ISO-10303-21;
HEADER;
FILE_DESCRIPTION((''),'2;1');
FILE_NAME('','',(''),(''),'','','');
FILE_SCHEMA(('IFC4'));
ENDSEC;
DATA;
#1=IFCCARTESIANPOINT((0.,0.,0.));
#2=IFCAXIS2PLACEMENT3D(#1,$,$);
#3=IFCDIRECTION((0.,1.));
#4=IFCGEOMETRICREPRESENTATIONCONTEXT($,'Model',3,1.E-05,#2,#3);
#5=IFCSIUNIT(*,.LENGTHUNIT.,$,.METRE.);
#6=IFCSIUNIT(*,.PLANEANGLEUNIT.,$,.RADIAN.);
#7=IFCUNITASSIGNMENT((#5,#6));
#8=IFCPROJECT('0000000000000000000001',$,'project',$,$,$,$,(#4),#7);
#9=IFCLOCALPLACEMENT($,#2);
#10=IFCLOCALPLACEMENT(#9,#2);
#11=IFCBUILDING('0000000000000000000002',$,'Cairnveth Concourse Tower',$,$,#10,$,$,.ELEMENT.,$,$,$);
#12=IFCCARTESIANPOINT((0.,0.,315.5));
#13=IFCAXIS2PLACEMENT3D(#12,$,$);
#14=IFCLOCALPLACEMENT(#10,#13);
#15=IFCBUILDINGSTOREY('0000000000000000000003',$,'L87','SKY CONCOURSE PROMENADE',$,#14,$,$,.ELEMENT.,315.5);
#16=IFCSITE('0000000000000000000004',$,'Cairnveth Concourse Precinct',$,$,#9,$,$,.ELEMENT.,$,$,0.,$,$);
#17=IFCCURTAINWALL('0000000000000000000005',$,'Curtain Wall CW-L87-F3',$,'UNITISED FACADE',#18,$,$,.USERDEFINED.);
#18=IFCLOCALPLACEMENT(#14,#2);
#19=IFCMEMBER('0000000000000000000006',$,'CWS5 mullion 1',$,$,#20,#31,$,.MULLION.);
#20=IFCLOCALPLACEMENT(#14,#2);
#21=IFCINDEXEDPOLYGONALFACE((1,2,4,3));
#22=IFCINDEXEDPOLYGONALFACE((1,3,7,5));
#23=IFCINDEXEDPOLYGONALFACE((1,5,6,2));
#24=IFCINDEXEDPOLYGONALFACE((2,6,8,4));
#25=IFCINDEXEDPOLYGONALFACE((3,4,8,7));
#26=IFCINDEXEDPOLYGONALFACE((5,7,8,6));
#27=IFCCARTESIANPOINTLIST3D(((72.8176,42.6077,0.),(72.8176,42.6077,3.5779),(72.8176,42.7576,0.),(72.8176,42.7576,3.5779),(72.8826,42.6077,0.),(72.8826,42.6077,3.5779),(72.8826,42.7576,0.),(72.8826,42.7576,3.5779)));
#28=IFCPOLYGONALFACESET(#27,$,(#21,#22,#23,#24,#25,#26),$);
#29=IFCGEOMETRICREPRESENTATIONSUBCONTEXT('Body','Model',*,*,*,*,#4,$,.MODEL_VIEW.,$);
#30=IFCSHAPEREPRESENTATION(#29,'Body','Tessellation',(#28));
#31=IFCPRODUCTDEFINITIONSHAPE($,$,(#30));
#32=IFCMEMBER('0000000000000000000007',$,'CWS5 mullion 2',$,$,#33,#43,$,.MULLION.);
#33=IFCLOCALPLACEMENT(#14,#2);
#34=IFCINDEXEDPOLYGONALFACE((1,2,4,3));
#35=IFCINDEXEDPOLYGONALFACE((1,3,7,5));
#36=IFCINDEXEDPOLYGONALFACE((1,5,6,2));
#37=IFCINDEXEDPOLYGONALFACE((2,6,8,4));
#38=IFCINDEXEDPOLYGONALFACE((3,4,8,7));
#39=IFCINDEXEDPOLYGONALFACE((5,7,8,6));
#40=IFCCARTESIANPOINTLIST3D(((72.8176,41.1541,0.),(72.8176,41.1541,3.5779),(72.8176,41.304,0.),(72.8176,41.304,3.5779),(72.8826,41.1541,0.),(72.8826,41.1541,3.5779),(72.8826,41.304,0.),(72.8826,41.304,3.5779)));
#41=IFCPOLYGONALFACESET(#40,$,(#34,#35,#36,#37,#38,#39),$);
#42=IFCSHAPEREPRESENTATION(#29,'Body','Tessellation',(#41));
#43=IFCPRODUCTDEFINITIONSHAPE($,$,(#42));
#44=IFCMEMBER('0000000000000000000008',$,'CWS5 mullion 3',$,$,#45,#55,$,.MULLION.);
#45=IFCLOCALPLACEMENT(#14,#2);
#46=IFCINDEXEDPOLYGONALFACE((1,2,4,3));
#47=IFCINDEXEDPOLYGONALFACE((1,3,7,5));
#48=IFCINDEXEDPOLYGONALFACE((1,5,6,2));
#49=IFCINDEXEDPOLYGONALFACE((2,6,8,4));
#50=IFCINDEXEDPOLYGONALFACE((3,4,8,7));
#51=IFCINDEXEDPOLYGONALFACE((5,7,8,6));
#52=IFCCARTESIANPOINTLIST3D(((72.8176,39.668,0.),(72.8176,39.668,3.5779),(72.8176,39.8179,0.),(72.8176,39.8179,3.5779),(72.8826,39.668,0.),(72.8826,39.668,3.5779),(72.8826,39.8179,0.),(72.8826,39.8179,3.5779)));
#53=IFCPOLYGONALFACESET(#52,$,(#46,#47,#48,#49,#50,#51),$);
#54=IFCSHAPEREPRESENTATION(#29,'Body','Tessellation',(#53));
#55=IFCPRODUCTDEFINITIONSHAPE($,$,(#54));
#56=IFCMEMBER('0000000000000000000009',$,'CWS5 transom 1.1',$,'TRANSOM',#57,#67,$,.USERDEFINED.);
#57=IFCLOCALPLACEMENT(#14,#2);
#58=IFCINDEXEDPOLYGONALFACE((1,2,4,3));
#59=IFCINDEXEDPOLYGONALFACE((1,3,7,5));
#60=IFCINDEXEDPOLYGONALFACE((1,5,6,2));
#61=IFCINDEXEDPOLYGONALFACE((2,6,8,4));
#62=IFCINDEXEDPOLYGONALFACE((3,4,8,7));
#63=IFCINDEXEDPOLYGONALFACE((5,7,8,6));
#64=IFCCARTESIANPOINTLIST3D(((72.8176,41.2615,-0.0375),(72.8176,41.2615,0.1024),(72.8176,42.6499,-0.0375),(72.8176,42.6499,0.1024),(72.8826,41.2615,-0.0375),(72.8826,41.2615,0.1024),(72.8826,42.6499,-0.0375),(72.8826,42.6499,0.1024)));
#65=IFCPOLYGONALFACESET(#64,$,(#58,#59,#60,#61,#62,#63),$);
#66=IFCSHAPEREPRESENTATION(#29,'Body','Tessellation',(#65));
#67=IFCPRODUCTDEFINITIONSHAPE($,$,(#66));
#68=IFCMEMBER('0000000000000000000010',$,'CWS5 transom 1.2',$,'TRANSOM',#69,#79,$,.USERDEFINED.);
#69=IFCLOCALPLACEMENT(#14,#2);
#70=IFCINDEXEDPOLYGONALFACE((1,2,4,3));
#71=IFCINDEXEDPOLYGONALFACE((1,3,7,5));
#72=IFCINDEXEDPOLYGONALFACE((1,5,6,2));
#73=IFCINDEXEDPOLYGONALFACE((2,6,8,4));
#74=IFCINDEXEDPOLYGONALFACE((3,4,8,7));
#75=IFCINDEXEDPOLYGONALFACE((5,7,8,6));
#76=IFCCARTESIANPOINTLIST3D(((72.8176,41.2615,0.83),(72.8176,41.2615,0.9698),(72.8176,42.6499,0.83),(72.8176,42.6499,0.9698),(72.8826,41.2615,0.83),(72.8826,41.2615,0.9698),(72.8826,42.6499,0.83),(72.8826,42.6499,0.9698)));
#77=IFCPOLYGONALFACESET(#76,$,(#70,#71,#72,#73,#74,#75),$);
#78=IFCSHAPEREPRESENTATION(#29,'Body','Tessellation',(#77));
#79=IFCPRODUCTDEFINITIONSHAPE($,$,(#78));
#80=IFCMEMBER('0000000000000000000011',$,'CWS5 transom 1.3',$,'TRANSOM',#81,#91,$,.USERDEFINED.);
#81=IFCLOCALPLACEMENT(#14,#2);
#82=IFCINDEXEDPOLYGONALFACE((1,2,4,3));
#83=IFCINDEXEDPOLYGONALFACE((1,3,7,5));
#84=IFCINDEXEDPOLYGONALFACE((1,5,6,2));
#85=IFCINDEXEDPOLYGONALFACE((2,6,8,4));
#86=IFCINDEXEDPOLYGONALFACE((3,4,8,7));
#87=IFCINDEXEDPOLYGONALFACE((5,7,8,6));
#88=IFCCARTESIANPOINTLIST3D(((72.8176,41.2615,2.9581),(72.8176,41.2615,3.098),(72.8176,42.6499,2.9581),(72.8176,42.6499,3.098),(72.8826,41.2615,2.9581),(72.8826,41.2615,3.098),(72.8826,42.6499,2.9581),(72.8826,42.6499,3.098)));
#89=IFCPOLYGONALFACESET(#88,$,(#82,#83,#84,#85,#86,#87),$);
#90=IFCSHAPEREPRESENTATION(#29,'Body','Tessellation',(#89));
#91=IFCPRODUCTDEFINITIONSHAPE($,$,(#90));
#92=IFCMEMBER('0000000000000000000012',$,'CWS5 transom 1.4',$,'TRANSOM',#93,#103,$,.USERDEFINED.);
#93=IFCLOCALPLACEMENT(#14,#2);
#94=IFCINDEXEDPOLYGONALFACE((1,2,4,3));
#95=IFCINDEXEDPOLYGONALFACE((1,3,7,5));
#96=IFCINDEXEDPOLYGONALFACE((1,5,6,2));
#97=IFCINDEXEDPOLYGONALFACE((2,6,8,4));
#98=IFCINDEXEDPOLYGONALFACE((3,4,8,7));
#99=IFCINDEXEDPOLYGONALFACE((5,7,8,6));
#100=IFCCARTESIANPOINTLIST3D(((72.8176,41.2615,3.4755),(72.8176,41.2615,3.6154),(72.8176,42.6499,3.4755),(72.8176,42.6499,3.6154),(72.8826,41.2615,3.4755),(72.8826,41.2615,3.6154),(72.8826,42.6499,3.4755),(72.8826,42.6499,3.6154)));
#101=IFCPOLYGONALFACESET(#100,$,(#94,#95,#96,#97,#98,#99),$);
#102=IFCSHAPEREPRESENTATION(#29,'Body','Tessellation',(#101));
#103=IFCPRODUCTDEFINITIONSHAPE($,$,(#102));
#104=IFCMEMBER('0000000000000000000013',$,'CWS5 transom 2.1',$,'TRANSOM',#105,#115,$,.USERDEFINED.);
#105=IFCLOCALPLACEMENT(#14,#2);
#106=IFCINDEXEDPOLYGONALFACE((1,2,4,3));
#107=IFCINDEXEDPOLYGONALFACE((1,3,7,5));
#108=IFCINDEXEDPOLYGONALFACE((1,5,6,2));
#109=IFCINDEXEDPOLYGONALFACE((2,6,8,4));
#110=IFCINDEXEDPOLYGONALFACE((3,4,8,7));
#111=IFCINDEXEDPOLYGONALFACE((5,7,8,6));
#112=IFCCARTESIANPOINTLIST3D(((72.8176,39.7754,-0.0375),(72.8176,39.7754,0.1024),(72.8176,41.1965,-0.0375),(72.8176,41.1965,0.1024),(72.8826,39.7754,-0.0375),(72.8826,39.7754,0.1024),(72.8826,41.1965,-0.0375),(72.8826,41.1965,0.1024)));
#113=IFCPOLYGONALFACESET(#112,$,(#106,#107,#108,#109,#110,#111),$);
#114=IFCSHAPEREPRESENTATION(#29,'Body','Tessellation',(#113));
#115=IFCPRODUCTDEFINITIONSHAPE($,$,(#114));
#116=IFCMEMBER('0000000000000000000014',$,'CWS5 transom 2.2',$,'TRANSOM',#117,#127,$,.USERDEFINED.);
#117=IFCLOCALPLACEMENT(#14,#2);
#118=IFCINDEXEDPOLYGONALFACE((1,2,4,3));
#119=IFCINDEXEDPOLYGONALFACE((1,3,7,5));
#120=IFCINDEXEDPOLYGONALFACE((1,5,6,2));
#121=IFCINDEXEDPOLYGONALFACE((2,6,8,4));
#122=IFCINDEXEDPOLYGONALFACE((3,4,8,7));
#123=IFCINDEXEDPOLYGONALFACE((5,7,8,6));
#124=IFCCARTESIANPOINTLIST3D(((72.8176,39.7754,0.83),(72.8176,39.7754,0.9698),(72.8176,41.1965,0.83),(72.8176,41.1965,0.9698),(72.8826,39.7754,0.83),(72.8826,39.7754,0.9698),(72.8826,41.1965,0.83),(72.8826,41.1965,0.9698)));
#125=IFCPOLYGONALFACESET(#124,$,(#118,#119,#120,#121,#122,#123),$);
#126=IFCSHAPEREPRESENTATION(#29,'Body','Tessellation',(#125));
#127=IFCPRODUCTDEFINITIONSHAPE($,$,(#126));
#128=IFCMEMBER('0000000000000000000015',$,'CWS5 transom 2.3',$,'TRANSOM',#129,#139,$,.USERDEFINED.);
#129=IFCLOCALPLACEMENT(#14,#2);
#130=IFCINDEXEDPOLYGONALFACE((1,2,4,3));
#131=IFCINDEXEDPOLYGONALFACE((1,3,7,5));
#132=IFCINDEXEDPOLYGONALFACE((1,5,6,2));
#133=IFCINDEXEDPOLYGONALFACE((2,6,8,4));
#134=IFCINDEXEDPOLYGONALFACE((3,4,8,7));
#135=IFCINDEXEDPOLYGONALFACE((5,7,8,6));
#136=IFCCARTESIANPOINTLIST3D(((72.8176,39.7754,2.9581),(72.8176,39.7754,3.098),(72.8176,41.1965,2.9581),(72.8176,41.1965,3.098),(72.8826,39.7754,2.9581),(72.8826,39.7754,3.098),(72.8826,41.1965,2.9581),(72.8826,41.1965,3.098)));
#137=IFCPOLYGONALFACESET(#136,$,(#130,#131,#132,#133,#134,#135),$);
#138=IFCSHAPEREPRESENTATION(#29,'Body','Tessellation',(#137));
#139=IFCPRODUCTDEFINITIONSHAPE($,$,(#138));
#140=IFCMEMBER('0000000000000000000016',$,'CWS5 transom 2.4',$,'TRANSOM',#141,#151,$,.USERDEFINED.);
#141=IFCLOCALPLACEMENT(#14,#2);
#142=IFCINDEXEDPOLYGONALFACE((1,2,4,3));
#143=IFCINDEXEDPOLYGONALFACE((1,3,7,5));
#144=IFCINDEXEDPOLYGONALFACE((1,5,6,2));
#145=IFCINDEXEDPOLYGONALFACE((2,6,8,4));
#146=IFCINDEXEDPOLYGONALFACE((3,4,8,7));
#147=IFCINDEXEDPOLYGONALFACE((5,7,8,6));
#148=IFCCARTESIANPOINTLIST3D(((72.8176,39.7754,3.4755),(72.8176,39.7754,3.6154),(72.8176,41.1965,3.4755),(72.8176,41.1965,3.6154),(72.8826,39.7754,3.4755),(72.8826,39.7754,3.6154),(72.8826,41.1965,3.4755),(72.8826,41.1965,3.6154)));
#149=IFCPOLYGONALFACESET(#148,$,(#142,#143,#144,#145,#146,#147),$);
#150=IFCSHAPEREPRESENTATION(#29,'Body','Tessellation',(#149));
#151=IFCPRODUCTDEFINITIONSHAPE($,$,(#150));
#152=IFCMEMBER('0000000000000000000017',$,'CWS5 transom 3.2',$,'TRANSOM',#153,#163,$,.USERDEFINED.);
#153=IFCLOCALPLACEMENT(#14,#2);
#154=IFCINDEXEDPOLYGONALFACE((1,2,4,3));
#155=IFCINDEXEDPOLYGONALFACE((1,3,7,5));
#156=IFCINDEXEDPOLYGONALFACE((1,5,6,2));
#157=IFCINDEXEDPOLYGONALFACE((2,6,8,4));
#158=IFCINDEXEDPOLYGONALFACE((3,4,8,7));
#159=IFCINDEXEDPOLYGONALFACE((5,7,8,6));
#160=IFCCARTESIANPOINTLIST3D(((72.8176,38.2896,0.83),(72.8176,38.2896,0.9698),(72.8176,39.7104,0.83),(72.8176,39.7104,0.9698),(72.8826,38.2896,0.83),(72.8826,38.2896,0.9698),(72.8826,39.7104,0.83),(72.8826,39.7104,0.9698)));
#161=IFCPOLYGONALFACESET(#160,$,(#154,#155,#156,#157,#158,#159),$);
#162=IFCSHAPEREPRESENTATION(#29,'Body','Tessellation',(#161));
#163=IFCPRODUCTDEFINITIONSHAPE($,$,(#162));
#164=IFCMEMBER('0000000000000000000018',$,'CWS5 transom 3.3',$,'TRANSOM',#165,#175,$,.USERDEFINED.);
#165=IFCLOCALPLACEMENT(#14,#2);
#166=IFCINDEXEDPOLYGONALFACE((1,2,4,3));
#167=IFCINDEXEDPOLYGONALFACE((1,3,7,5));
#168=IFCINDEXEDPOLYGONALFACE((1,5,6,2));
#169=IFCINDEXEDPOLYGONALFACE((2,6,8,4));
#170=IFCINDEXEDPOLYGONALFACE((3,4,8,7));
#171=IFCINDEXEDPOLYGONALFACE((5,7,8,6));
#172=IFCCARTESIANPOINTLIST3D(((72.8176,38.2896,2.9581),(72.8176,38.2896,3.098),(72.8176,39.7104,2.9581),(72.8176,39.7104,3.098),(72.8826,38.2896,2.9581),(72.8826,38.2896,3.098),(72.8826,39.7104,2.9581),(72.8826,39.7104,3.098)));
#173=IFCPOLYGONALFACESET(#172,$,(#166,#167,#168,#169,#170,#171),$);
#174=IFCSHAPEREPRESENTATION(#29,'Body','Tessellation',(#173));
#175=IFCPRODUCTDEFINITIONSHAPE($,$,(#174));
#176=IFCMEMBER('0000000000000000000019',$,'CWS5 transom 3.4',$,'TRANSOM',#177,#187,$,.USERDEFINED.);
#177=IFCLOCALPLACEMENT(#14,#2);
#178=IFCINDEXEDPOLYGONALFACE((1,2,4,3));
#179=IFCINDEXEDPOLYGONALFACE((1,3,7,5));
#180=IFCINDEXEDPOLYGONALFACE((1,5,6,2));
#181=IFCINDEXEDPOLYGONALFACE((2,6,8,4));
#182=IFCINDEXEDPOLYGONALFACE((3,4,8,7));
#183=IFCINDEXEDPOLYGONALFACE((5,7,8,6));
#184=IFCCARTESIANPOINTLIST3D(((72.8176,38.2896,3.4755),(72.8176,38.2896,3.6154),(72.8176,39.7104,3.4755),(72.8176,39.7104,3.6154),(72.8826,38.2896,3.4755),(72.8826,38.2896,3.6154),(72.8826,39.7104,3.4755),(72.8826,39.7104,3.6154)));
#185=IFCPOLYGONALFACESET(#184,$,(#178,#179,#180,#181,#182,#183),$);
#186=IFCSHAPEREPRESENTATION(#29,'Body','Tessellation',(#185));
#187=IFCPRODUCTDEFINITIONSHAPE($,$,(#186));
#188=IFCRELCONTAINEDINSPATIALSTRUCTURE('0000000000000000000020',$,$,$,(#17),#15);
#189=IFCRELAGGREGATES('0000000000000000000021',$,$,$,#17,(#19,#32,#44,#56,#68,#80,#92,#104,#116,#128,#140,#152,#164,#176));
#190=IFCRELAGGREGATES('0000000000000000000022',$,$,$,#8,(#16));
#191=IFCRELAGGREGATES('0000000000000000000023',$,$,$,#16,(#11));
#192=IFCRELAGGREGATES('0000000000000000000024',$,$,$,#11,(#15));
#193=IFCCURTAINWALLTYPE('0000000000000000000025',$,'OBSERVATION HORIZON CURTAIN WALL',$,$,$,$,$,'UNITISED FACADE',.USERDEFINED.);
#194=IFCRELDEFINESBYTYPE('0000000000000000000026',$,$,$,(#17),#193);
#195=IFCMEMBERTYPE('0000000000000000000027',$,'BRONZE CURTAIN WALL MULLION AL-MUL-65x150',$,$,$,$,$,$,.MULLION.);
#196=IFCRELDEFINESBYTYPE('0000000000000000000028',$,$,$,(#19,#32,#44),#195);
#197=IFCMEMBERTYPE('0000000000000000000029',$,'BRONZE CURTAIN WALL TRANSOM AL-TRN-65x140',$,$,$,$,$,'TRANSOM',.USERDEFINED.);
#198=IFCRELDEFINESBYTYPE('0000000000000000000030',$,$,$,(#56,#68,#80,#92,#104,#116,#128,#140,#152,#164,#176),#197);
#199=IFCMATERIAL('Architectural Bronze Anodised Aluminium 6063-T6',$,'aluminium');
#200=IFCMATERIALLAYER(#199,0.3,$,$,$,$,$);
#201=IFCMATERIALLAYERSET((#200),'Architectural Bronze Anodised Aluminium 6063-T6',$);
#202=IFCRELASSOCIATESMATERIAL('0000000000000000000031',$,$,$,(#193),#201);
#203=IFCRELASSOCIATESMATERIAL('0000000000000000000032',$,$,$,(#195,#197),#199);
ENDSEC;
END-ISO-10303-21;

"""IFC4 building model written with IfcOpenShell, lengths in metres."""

from ifc_helpers import new_model, si_unit, direction, frame, origin, origin_2d, place, context, subcontext, project, spatial, rectangle, extrude, material, layer, layer_set, material_profile, profile_set, type_object, element, aggregate, save


model = new_model("IFC4")

# Units and contexts
model_context = context("Model", 3, precision=1e-05, world=origin(), true_north=direction((0.0, 1.0)))
body_context = subcontext(model_context, "Body", "Model", "MODEL_VIEW")
ifc_project = project(units=[si_unit("LENGTHUNIT", "METRE"), si_unit("PLANEANGLEUNIT", "RADIAN")], contexts=[model_context])

# Site, building, storey
site_placement = place(None, origin())
site = spatial("IfcSite", under=ifc_project, at=site_placement, Name="Cairnveth Concourse Precinct", CompositionType="ELEMENT", RefElevation=0.0)
building_placement = place(site_placement, origin())
building = spatial("IfcBuilding", under=site, at=building_placement, Name="Cairnveth Concourse Tower", CompositionType="ELEMENT")
storey_placement = place(building_placement, frame((0.0, 0.0, 315.5)))
storey = spatial("IfcBuildingStorey", under=building, at=storey_placement, Name="L87", Description="SKY CONCOURSE PROMENADE", CompositionType="ELEMENT", Elevation=315.5)

# Curtain wall, members
ifc_material_1 = material(Name="Architectural Bronze Anodised Aluminium 6063-T6", Category="aluminium")
ifc_layer_1 = layer(ifc_material_1, 0.3)
ifc_layer_set_1 = layer_set([ifc_layer_1], Name="Architectural Bronze Anodised Aluminium 6063-T6")
curtain_wall_type = type_object("IfcCurtainWallType", Name="OBSERVATION HORIZON CURTAIN WALL", ElementType="UNITISED FACADE", PredefinedType="USERDEFINED", material=ifc_layer_set_1)
curtain_wall_placement = place(storey_placement, origin())
curtain_wall = element("IfcCurtainWall", 1, at=curtain_wall_placement, inside=storey, type_object=curtain_wall_type, Name="Curtain Wall CW-L87-F3", ObjectType="UNITISED FACADE", PredefinedType="USERDEFINED")
ifc_material_profile_1 = material_profile(ifc_material_1, rectangle(XDim=0.0649, YDim=0.1499, at=origin_2d()), Name="AL-MUL-65x150")
ifc_profile_set_1 = profile_set([ifc_material_profile_1], Name="Architectural Bronze Anodised Aluminium 6063-T6")
member_type_1 = type_object("IfcMemberType", Name="BRONZE CURTAIN WALL MULLION AL-MUL-65x150", PredefinedType="MULLION", material=ifc_profile_set_1)
member_1_placement = place(storey_placement, frame((72.8501, 42.6826, 0.0), z_axis=(0.0, 0.0, 1.0), x_axis=(1.0, 0.0, 0.0)))
member_1 = element("IfcMember", 2, at=member_1_placement, type_object=member_type_1, Name="CWS5 mullion 1", PredefinedType="MULLION", context=body_context, shape_type="SweptSolid", body=[
    extrude(rectangle(XDim=0.0649, YDim=0.1499, at=origin_2d()), origin(), (0.0, 0.0, 1.0), 3.5779),
])
member_2_placement = place(storey_placement, frame((72.8501, 41.229, 0.0), z_axis=(0.0, 0.0, 1.0), x_axis=(1.0, 0.0, 0.0)))
member_2 = element("IfcMember", 3, at=member_2_placement, type_object=member_type_1, Name="CWS5 mullion 2", PredefinedType="MULLION", context=body_context, shape_type="SweptSolid", body=[
    extrude(rectangle(XDim=0.0649, YDim=0.1499, at=origin_2d()), origin(), (0.0, 0.0, 1.0), 3.5779),
])
member_3_placement = place(storey_placement, frame((72.8501, 39.7429, 0.0), z_axis=(0.0, 0.0, 1.0), x_axis=(1.0, 0.0, 0.0)))
member_3 = element("IfcMember", 4, at=member_3_placement, type_object=member_type_1, Name="CWS5 mullion 3", PredefinedType="MULLION", context=body_context, shape_type="SweptSolid", body=[
    extrude(rectangle(XDim=0.0649, YDim=0.1499, at=origin_2d()), origin(), (0.0, 0.0, 1.0), 3.5779),
])
ifc_material_profile_2 = material_profile(ifc_material_1, rectangle(XDim=0.0649, YDim=0.1399, at=origin_2d()), Name="AL-TRN-65x140")
ifc_profile_set_2 = profile_set([ifc_material_profile_2], Name="Architectural Bronze Anodised Aluminium 6063-T6")
member_type_2 = type_object("IfcMemberType", Name="BRONZE CURTAIN WALL TRANSOM AL-TRN-65x140", ElementType="TRANSOM", PredefinedType="USERDEFINED", material=ifc_profile_set_2)
member_4_placement = place(storey_placement, frame((72.8501, 42.6499, 0.0325), z_axis=(0.0, -1.0, 0.0), x_axis=(1.0, 0.0, 0.0)))
member_4 = element("IfcMember", 5, at=member_4_placement, type_object=member_type_2, Name="CWS5 transom 1.1", ObjectType="TRANSOM", PredefinedType="USERDEFINED", context=body_context, shape_type="SweptSolid", body=[
    extrude(rectangle(XDim=0.0649, YDim=0.1399, at=origin_2d()), origin(), (0.0, 0.0, 1.0), 1.3884),
])
member_5_placement = place(storey_placement, frame((72.8501, 42.6499, 0.8999), z_axis=(0.0, -1.0, 0.0), x_axis=(1.0, 0.0, 0.0)))
member_5 = element("IfcMember", 6, at=member_5_placement, type_object=member_type_2, Name="CWS5 transom 1.2", ObjectType="TRANSOM", PredefinedType="USERDEFINED", context=body_context, shape_type="SweptSolid", body=[
    extrude(rectangle(XDim=0.0649, YDim=0.1399, at=origin_2d()), origin(), (0.0, 0.0, 1.0), 1.3884),
])
member_6_placement = place(storey_placement, frame((72.8501, 42.6499, 3.0281), z_axis=(0.0, -1.0, 0.0), x_axis=(1.0, 0.0, 0.0)))
member_6 = element("IfcMember", 7, at=member_6_placement, type_object=member_type_2, Name="CWS5 transom 1.3", ObjectType="TRANSOM", PredefinedType="USERDEFINED", context=body_context, shape_type="SweptSolid", body=[
    extrude(rectangle(XDim=0.0649, YDim=0.1399, at=origin_2d()), origin(), (0.0, 0.0, 1.0), 1.3884),
])
member_7_placement = place(storey_placement, frame((72.8501, 42.6499, 3.5454), z_axis=(0.0, -1.0, 0.0), x_axis=(1.0, 0.0, 0.0)))
member_7 = element("IfcMember", 8, at=member_7_placement, type_object=member_type_2, Name="CWS5 transom 1.4", ObjectType="TRANSOM", PredefinedType="USERDEFINED", context=body_context, shape_type="SweptSolid", body=[
    extrude(rectangle(XDim=0.0649, YDim=0.1399, at=origin_2d()), origin(), (0.0, 0.0, 1.0), 1.3884),
])
member_8_placement = place(storey_placement, frame((72.8501, 41.1965, 0.0325), z_axis=(0.0, -1.0, 0.0), x_axis=(1.0, 0.0, 0.0)))
member_8 = element("IfcMember", 9, at=member_8_placement, type_object=member_type_2, Name="CWS5 transom 2.1", ObjectType="TRANSOM", PredefinedType="USERDEFINED", context=body_context, shape_type="SweptSolid", body=[
    extrude(rectangle(XDim=0.0649, YDim=0.1399, at=origin_2d()), origin(), (0.0, 0.0, 1.0), 1.4211),
])
member_9_placement = place(storey_placement, frame((72.8501, 41.1965, 0.8999), z_axis=(0.0, -1.0, 0.0), x_axis=(1.0, 0.0, 0.0)))
member_9 = element("IfcMember", 10, at=member_9_placement, type_object=member_type_2, Name="CWS5 transom 2.2", ObjectType="TRANSOM", PredefinedType="USERDEFINED", context=body_context, shape_type="SweptSolid", body=[
    extrude(rectangle(XDim=0.0649, YDim=0.1399, at=origin_2d()), origin(), (0.0, 0.0, 1.0), 1.4211),
])
member_10_placement = place(storey_placement, frame((72.8501, 41.1965, 3.0281), z_axis=(0.0, -1.0, 0.0), x_axis=(1.0, 0.0, 0.0)))
member_10 = element("IfcMember", 11, at=member_10_placement, type_object=member_type_2, Name="CWS5 transom 2.3", ObjectType="TRANSOM", PredefinedType="USERDEFINED", context=body_context, shape_type="SweptSolid", body=[
    extrude(rectangle(XDim=0.0649, YDim=0.1399, at=origin_2d()), origin(), (0.0, 0.0, 1.0), 1.4211),
])
member_11_placement = place(storey_placement, frame((72.8501, 41.1965, 3.5454), z_axis=(0.0, -1.0, 0.0), x_axis=(1.0, 0.0, 0.0)))
member_11 = element("IfcMember", 12, at=member_11_placement, type_object=member_type_2, Name="CWS5 transom 2.4", ObjectType="TRANSOM", PredefinedType="USERDEFINED", context=body_context, shape_type="SweptSolid", body=[
    extrude(rectangle(XDim=0.0649, YDim=0.1399, at=origin_2d()), origin(), (0.0, 0.0, 1.0), 1.4211),
])
member_12_placement = place(storey_placement, frame((72.8501, 39.7104, 0.8999), z_axis=(0.0, -1.0, 0.0), x_axis=(1.0, 0.0, 0.0)))
member_12 = element("IfcMember", 13, at=member_12_placement, type_object=member_type_2, Name="CWS5 transom 3.2", ObjectType="TRANSOM", PredefinedType="USERDEFINED", context=body_context, shape_type="SweptSolid", body=[
    extrude(rectangle(XDim=0.0649, YDim=0.1399, at=origin_2d()), origin(), (0.0, 0.0, 1.0), 1.4209),
])
member_13_placement = place(storey_placement, frame((72.8501, 39.7104, 3.0281), z_axis=(0.0, -1.0, 0.0), x_axis=(1.0, 0.0, 0.0)))
member_13 = element("IfcMember", 14, at=member_13_placement, type_object=member_type_2, Name="CWS5 transom 3.3", ObjectType="TRANSOM", PredefinedType="USERDEFINED", context=body_context, shape_type="SweptSolid", body=[
    extrude(rectangle(XDim=0.0649, YDim=0.1399, at=origin_2d()), origin(), (0.0, 0.0, 1.0), 1.4209),
])
member_14_placement = place(storey_placement, frame((72.8501, 39.7104, 3.5454), z_axis=(0.0, -1.0, 0.0), x_axis=(1.0, 0.0, 0.0)))
member_14 = element("IfcMember", 15, at=member_14_placement, type_object=member_type_2, Name="CWS5 transom 3.4", ObjectType="TRANSOM", PredefinedType="USERDEFINED", context=body_context, shape_type="SweptSolid", body=[
    extrude(rectangle(XDim=0.0649, YDim=0.1399, at=origin_2d()), origin(), (0.0, 0.0, 1.0), 1.4209),
])
aggregate(curtain_wall, [member_1, member_2, member_3, member_4, member_5, member_6, member_7, member_8, member_9, member_10, member_11, member_12, member_13, member_14])

save(model, "model.ifc")
